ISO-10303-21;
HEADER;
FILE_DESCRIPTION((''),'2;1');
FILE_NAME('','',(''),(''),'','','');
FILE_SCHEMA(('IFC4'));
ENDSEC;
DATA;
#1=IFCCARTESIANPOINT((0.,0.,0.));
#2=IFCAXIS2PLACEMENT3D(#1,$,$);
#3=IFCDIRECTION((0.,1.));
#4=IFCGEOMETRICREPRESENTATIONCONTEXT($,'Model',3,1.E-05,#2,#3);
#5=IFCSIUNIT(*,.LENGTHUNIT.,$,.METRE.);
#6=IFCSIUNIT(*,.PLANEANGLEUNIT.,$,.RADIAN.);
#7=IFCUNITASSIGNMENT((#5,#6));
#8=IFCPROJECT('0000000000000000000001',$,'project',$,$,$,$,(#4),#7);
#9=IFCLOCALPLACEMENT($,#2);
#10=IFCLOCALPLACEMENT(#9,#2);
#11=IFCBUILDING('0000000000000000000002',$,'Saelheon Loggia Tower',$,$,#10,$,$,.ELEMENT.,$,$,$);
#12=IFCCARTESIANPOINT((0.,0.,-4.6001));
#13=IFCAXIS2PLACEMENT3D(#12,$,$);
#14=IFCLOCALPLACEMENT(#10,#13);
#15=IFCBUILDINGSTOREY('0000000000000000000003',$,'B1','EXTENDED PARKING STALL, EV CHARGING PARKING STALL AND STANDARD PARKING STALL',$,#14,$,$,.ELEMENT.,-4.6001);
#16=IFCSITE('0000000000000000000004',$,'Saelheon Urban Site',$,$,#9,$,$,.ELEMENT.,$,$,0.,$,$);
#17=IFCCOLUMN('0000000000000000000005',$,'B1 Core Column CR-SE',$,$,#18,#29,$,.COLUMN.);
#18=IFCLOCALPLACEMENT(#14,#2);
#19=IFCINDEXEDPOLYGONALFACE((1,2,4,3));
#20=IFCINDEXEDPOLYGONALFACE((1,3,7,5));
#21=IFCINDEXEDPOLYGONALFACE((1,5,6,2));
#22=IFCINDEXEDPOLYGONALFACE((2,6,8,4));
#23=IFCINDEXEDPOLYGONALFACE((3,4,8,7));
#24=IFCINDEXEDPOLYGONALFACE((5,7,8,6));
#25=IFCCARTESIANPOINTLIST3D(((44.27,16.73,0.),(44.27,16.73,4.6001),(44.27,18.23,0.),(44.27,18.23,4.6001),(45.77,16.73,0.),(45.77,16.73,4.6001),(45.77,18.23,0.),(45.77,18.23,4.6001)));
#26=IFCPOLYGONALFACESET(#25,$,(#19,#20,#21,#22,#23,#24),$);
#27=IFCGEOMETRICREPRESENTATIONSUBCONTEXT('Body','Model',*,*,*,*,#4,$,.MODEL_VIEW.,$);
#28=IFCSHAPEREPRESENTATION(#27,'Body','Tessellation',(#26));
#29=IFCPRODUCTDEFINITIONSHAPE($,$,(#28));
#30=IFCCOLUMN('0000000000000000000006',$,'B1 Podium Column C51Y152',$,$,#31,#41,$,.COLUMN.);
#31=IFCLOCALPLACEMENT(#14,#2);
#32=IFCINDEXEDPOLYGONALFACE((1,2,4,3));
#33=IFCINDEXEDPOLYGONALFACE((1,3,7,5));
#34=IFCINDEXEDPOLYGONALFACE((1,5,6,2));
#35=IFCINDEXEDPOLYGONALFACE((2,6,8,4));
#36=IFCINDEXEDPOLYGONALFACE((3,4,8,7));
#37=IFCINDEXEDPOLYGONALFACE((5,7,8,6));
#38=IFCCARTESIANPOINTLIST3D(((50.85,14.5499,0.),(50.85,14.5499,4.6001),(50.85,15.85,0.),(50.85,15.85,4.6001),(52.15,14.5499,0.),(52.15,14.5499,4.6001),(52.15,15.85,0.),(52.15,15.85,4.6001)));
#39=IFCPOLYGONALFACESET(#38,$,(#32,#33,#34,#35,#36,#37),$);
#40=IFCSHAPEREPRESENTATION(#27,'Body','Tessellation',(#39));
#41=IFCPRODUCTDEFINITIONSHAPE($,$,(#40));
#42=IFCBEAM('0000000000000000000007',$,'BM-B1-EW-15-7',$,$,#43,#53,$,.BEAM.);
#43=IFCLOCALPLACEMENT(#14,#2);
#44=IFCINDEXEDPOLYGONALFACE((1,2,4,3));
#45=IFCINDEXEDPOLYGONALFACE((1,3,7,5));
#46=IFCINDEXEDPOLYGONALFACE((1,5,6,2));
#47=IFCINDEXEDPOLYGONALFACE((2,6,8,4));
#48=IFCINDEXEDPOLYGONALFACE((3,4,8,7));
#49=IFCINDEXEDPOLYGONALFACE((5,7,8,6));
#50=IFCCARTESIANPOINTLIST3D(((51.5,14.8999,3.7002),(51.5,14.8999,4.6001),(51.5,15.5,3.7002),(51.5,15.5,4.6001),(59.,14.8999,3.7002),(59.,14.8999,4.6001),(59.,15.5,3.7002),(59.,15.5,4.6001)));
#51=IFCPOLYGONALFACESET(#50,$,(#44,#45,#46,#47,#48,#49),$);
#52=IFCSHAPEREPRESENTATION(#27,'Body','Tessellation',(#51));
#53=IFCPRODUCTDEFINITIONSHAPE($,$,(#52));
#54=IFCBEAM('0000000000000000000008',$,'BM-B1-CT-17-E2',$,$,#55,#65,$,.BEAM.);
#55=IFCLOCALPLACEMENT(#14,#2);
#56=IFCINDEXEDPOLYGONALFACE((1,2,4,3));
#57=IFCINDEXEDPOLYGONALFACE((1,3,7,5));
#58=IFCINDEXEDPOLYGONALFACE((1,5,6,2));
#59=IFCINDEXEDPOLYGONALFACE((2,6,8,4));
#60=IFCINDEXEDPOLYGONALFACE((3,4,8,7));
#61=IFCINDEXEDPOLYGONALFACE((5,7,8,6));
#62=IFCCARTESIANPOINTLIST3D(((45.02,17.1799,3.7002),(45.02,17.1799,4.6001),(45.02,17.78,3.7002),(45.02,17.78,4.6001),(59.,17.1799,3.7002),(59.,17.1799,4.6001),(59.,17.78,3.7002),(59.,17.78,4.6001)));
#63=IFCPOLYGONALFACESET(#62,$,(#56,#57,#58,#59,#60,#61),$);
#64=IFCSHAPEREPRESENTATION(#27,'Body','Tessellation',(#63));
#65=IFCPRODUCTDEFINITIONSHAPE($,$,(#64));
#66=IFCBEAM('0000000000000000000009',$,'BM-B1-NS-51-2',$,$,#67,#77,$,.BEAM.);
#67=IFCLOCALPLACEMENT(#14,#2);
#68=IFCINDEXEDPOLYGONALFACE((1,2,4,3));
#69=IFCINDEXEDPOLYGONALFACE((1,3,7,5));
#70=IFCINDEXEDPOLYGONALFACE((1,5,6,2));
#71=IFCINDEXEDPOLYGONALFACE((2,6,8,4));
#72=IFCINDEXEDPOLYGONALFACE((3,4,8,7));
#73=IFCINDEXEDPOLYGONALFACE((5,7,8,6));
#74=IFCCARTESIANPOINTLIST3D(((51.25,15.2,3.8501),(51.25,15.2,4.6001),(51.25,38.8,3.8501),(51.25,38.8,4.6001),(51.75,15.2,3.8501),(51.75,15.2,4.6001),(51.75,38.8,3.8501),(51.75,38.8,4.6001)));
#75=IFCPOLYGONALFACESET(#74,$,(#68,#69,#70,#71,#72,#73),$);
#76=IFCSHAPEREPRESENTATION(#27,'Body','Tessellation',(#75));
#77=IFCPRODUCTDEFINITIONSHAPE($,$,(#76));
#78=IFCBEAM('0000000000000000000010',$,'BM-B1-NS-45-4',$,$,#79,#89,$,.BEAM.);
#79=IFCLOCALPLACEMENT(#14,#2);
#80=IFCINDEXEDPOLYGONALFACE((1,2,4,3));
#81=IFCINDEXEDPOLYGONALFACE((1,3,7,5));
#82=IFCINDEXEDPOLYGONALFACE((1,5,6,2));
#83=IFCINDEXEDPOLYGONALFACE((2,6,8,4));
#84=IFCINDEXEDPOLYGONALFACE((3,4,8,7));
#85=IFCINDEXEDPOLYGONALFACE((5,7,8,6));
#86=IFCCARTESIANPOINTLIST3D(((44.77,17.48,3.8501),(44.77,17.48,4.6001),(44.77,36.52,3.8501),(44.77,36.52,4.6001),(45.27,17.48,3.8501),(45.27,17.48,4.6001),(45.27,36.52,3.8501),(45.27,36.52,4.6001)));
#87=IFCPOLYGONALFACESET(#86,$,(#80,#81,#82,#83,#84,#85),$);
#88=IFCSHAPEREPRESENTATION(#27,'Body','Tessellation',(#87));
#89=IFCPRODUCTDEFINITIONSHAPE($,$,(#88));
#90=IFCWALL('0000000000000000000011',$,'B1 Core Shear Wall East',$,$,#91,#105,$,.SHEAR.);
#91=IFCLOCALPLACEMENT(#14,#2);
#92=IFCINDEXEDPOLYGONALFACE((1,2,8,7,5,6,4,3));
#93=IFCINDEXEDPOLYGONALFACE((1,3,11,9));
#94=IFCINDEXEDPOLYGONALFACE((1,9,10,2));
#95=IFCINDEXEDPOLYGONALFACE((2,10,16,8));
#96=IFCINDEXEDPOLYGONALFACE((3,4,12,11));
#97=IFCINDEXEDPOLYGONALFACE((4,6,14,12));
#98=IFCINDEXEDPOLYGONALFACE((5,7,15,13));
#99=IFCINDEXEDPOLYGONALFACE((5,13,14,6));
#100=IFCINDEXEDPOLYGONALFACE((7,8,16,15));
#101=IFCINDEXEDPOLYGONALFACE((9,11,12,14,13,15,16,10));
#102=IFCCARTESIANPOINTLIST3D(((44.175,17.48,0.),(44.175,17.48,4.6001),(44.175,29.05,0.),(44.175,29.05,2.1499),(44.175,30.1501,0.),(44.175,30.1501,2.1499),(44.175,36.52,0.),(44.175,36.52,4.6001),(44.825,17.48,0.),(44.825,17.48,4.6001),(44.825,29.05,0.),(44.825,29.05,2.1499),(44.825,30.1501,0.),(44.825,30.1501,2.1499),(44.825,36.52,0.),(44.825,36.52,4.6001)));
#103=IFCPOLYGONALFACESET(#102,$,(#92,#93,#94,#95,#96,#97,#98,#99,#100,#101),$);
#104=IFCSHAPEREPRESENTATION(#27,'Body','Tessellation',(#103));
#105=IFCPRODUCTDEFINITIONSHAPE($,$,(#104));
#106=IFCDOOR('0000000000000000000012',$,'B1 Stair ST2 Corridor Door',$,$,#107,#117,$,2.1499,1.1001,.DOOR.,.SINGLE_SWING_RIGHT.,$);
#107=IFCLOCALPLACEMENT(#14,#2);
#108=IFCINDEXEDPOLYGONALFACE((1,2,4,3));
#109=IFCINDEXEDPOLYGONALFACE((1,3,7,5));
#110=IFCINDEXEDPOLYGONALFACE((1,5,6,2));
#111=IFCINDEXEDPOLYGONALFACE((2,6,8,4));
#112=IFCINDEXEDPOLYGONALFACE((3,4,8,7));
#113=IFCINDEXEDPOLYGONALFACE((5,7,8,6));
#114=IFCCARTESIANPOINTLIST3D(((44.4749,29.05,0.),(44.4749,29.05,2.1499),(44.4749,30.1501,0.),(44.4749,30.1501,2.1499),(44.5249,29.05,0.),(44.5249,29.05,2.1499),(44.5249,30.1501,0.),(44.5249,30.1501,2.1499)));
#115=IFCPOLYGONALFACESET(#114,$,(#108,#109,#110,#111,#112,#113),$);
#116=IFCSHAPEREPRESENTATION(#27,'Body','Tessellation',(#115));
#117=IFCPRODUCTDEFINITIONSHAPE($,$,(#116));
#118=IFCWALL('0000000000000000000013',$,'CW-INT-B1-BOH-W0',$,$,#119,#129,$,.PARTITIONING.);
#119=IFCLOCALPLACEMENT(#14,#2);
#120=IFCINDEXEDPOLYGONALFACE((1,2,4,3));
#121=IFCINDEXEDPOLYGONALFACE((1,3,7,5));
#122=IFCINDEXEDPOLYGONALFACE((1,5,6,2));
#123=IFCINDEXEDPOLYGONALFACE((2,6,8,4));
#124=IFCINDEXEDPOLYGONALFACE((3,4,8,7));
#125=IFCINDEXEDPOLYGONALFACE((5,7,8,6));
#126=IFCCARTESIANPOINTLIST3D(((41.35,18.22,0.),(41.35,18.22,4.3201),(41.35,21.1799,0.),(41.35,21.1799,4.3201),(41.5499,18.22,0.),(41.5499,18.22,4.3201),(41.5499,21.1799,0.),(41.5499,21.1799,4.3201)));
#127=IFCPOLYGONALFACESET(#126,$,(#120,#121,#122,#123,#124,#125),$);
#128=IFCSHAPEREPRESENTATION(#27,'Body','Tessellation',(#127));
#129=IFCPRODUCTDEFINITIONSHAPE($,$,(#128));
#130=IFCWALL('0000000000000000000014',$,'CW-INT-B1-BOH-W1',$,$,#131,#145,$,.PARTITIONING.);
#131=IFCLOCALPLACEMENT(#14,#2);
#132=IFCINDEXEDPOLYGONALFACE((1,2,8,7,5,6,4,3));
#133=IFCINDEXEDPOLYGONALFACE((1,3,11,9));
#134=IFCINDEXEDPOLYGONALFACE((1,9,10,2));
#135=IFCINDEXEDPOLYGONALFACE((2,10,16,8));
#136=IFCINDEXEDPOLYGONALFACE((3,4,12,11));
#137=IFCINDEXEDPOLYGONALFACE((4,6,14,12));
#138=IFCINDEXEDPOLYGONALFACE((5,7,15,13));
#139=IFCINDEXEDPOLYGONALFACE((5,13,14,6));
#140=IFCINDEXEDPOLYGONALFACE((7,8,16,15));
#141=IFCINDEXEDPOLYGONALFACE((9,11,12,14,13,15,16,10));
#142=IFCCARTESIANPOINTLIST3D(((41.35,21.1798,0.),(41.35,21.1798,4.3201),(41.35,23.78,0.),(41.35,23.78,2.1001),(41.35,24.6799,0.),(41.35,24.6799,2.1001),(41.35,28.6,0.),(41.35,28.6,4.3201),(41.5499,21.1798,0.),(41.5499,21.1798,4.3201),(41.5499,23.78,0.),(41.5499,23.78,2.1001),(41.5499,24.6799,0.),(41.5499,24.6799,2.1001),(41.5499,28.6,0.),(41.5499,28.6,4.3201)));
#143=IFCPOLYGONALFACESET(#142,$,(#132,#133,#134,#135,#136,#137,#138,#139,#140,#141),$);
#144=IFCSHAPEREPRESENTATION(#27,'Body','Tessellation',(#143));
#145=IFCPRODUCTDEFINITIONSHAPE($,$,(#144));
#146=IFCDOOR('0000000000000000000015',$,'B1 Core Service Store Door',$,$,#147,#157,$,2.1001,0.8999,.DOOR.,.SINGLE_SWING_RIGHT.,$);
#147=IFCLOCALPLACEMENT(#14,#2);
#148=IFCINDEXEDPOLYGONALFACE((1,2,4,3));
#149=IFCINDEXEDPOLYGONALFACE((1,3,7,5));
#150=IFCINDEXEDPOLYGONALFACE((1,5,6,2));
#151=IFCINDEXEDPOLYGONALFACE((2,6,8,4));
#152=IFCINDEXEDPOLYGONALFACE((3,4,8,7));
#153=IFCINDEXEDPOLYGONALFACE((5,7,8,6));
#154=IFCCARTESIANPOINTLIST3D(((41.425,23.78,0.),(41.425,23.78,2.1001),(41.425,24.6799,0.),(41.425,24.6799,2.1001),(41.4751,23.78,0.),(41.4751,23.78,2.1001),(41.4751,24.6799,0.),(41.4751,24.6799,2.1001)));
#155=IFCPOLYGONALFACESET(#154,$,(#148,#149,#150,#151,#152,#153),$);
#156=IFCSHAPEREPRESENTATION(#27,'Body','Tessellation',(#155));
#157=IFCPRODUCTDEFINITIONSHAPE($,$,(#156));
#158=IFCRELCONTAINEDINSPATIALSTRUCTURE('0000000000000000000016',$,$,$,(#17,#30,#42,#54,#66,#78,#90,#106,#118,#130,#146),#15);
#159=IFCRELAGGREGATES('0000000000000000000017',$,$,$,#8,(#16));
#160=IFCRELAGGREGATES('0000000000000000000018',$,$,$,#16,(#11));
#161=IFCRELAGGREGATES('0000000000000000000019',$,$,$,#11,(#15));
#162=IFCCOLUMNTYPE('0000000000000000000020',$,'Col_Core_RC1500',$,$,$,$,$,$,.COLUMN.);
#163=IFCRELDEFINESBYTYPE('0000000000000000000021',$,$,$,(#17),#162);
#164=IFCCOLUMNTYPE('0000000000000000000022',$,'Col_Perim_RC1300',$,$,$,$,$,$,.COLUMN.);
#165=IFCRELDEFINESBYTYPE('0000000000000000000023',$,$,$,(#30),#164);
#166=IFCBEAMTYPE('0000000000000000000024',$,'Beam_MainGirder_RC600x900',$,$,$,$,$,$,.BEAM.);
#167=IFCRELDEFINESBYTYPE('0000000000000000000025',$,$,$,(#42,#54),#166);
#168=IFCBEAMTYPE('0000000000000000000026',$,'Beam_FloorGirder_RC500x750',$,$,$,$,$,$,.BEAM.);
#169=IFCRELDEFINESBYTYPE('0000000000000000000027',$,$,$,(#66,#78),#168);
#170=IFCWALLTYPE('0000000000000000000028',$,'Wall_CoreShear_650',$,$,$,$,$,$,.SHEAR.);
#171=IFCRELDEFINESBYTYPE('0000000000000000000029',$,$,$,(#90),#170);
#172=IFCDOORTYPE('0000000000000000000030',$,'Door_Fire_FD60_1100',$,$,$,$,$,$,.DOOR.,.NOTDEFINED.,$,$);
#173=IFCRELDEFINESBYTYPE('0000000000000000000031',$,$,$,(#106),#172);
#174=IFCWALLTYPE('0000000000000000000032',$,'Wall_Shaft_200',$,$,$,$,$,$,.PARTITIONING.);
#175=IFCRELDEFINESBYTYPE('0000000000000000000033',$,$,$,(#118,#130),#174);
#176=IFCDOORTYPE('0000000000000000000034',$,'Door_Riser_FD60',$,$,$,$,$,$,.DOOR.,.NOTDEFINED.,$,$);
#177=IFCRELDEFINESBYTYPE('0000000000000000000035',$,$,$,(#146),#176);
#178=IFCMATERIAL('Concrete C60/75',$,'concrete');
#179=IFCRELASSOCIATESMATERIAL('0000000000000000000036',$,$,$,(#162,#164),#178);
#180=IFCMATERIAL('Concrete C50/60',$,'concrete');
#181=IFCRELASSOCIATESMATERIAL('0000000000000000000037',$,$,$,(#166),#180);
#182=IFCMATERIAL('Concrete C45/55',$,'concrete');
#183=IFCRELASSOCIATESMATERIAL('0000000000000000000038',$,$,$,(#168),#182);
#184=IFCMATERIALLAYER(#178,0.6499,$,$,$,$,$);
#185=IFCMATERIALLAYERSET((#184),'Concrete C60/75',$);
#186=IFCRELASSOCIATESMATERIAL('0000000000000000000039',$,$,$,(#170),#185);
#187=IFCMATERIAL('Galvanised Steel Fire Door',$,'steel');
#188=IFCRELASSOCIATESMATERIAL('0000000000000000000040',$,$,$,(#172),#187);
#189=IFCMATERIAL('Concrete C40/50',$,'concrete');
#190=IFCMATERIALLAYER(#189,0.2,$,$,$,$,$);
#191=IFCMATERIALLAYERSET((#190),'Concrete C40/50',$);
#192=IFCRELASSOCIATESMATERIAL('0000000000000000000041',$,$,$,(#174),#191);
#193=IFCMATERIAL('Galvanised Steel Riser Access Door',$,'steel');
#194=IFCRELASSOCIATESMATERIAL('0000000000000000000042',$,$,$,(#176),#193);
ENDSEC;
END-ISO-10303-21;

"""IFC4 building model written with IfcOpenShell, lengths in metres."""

from ifc_helpers import new_model, si_unit, direction, frame, frame_2d, origin, origin_2d, place, context, subcontext, project, spatial, rectangle, extrude, source, transform, mapped, material, layer, layer_set, material_profile, profile_set, type_object, element, fill, save


model = new_model("IFC4")

# Units and contexts
model_context = context("Model", 3, precision=1e-05, world=origin(), true_north=direction((0.0, 1.0)))
body_context = subcontext(model_context, "Body", "Model", "MODEL_VIEW")
ifc_project = project(units=[si_unit("LENGTHUNIT", "METRE"), si_unit("PLANEANGLEUNIT", "RADIAN")], contexts=[model_context])

# Site, building, storey
site_placement = place(None, origin())
site = spatial("IfcSite", under=ifc_project, at=site_placement, Name="Saelheon Urban Site", CompositionType="ELEMENT", RefElevation=0.0)
building_placement = place(site_placement, origin())
building = spatial("IfcBuilding", under=site, at=building_placement, Name="Saelheon Loggia Tower", CompositionType="ELEMENT")
storey_placement = place(building_placement, frame((0.0, 0.0, -4.6001)))
storey = spatial("IfcBuildingStorey", under=building, at=storey_placement, Name="B1", Description="EXTENDED PARKING STALL, EV CHARGING PARKING STALL AND STANDARD PARKING STALL", CompositionType="ELEMENT", Elevation=-4.6001)

# Columns
ifc_material_1 = material(Name="Concrete C60/75", Category="concrete")
ifc_material_profile_1 = material_profile(ifc_material_1, rectangle(XDim=1.5, YDim=1.5, at=origin_2d()), Name="RC-1500x1500")
ifc_profile_set_1 = profile_set([ifc_material_profile_1], Name="Concrete C60/75")
column_type_1 = type_object("IfcColumnType", Name="Col_Core_RC1500", PredefinedType="COLUMN", material=ifc_profile_set_1)
shared_shape_1 = source(origin(), body_context, "Body", "SweptSolid", [
    extrude(rectangle(XDim=1.5, YDim=1.5, at=origin_2d()), origin(), (0.0, 0.0, 1.0), 4.6001),
])
column_1_placement = place(storey_placement, frame((45.02, 17.48, 0.0), z_axis=(0.0, 0.0, 1.0), x_axis=(1.0, 0.0, 0.0)))
element("IfcColumn", 1, at=column_1_placement, inside=storey, type_object=column_type_1, Name="B1 Core Column CR-SE", PredefinedType="COLUMN", context=body_context, shape_type="MappedRepresentation", body=[
    mapped(shared_shape_1, transform((0.0, 0.0, 0.0), scale=1.0)),
])
ifc_material_profile_2 = material_profile(ifc_material_1, rectangle(XDim=1.3, YDim=1.3, at=origin_2d()), Name="RC-1300x1300")
ifc_profile_set_2 = profile_set([ifc_material_profile_2], Name="Concrete C60/75")
column_type_2 = type_object("IfcColumnType", Name="Col_Perim_RC1300", PredefinedType="COLUMN", material=ifc_profile_set_2)
shared_shape_2 = source(origin(), body_context, "Body", "SweptSolid", [
    extrude(rectangle(XDim=1.3, YDim=1.3, at=origin_2d()), origin(), (0.0, 0.0, 1.0), 4.6001),
])
column_2_placement = place(storey_placement, frame((51.5, 15.2, 0.0), z_axis=(0.0, 0.0, 1.0), x_axis=(1.0, 0.0, 0.0)))
element("IfcColumn", 2, at=column_2_placement, inside=storey, type_object=column_type_2, Name="B1 Podium Column C51Y152", PredefinedType="COLUMN", context=body_context, shape_type="MappedRepresentation", body=[
    mapped(shared_shape_2, transform((0.0, 0.0, 0.0), scale=1.0)),
])

# Beams
ifc_material_2 = material(Name="Concrete C50/60", Category="concrete")
ifc_material_profile_3 = material_profile(ifc_material_2, rectangle(XDim=0.6001, YDim=0.8999, at=origin_2d()), Name="RC-600x900")
ifc_profile_set_3 = profile_set([ifc_material_profile_3], Name="Concrete C50/60")
beam_type_1 = type_object("IfcBeamType", Name="Beam_MainGirder_RC600x900", PredefinedType="BEAM", material=ifc_profile_set_3)
shared_shape_3 = source(origin(), body_context, "Body", "SweptSolid", [
    extrude(rectangle(XDim=0.6001, YDim=0.8999, at=origin_2d()), origin(), (0.0, 0.0, 1.0), 7.5),
])
beam_1_placement = place(storey_placement, frame((51.5, 15.2, 4.1501), z_axis=(1.0, 0.0, 0.0), x_axis=(0.0, 1.0, 0.0)))
element("IfcBeam", 3, at=beam_1_placement, inside=storey, type_object=beam_type_1, Name="BM-B1-EW-15-7", PredefinedType="BEAM", context=body_context, shape_type="MappedRepresentation", body=[
    mapped(shared_shape_3, transform((0.0, 0.0, 0.0), scale=1.0)),
])
shared_shape_4 = source(origin(), body_context, "Body", "SweptSolid", [
    extrude(rectangle(XDim=0.6001, YDim=0.8999, at=origin_2d()), origin(), (0.0, 0.0, 1.0), 13.98),
])
beam_2_placement = place(storey_placement, frame((45.02, 17.48, 4.1501), z_axis=(1.0, 0.0, 0.0), x_axis=(0.0, 1.0, 0.0)))
element("IfcBeam", 4, at=beam_2_placement, inside=storey, type_object=beam_type_1, Name="BM-B1-CT-17-E2", PredefinedType="BEAM", context=body_context, shape_type="MappedRepresentation", body=[
    mapped(shared_shape_4, transform((0.0, 0.0, 0.0), scale=1.0)),
])
ifc_material_3 = material(Name="Concrete C45/55", Category="concrete")
ifc_material_profile_4 = material_profile(ifc_material_3, rectangle(XDim=0.5, YDim=0.75, at=origin_2d()), Name="RC-500x750")
ifc_profile_set_4 = profile_set([ifc_material_profile_4], Name="Concrete C45/55")
beam_type_2 = type_object("IfcBeamType", Name="Beam_FloorGirder_RC500x750", PredefinedType="BEAM", material=ifc_profile_set_4)
shared_shape_5 = source(origin(), body_context, "Body", "SweptSolid", [
    extrude(rectangle(XDim=0.5, YDim=0.75, at=origin_2d()), origin(), (0.0, 0.0, 1.0), 23.6001),
])
beam_3_placement = place(storey_placement, frame((51.5, 15.2, 4.2251), z_axis=(0.0, 1.0, 0.0), x_axis=(-1.0, 0.0, 0.0)))
element("IfcBeam", 5, at=beam_3_placement, inside=storey, type_object=beam_type_2, Name="BM-B1-NS-51-2", PredefinedType="BEAM", context=body_context, shape_type="MappedRepresentation", body=[
    mapped(shared_shape_5, transform((0.0, 0.0, 0.0), scale=1.0)),
])
shared_shape_6 = source(origin(), body_context, "Body", "SweptSolid", [
    extrude(rectangle(XDim=0.5, YDim=0.75, at=origin_2d()), origin(), (0.0, 0.0, 1.0), 19.04),
])
beam_4_placement = place(storey_placement, frame((45.02, 17.48, 4.2251), z_axis=(0.0, 1.0, 0.0), x_axis=(-1.0, 0.0, 0.0)))
element("IfcBeam", 6, at=beam_4_placement, inside=storey, type_object=beam_type_2, Name="BM-B1-NS-45-4", PredefinedType="BEAM", context=body_context, shape_type="MappedRepresentation", body=[
    mapped(shared_shape_6, transform((0.0, 0.0, 0.0), scale=1.0)),
])

# Wall, opening, door
ifc_layer_1 = layer(ifc_material_1, 0.6499)
ifc_layer_set_1 = layer_set([ifc_layer_1], Name="Concrete C60/75")
wall_type_1 = type_object("IfcWallType", Name="Wall_CoreShear_650", PredefinedType="SHEAR", material=ifc_layer_set_1)
wall_1_placement = place(storey_placement, frame((44.5, 17.48, 0.0), z_axis=(0.0, 0.0, 1.0), x_axis=(0.0, 1.0, 0.0)))
wall_1 = element("IfcWall", 7, at=wall_1_placement, inside=storey, type_object=wall_type_1, Name="B1 Core Shear Wall East", PredefinedType="SHEAR", context=body_context, shape_type="SweptSolid", body=[
    extrude(rectangle(XDim=19.04, YDim=0.6499, at=frame_2d((9.52, 0.0))), origin(), (0.0, 0.0, 1.0), 4.6001),
])
opening_1_placement = place(wall_1_placement, frame((12.6702, 0.0, 0.0), z_axis=(0.0, 0.0, 1.0), x_axis=(-1.0, 0.0, 0.0)))
opening_1 = element("IfcOpeningElement", 8, at=opening_1_placement, cuts=wall_1, PredefinedType="OPENING", context=body_context, shape_type="SweptSolid", body=[
    extrude(rectangle(XDim=1.1001, YDim=2.1499, at=frame_2d((0.55, 1.075))), frame((0.0, 0.3369, 0.0), z_axis=(0.0, -1.0, 0.0), x_axis=(1.0, 0.0, 0.0)), (0.0, 0.0, 1.0), 0.6738),
])
ifc_material_4 = material(Name="Galvanised Steel Fire Door", Category="steel")
door_type_1 = type_object("IfcDoorType", Name="Door_Fire_FD60_1100", OperationType="NOTDEFINED", PredefinedType="DOOR", material=ifc_material_4)
shared_shape_7 = source(origin(), body_context, "Body", "SweptSolid", [
    extrude(rectangle(XDim=1.1001, YDim=2.1499, at=frame_2d((0.55, 1.075))), frame((0.0, 0.0249, 0.0), z_axis=(0.0, -1.0, 0.0), x_axis=(1.0, 0.0, 0.0)), (0.0, 0.0, 1.0), 0.05),
])
door_1_placement = place(opening_1_placement, origin())
door_1 = element("IfcDoor", 9, at=door_1_placement, inside=storey, type_object=door_type_1, Name="B1 Stair ST2 Corridor Door", OperationType="SINGLE_SWING_RIGHT", OverallHeight=2.1499, OverallWidth=1.1001, PredefinedType="DOOR", context=body_context, shape_type="MappedRepresentation", body=[
    mapped(shared_shape_7, transform((0.0, 0.0, 0.0), scale=1.0)),
])
fill(opening_1, door_1)

# Wall
ifc_material_5 = material(Name="Concrete C40/50", Category="concrete")
ifc_layer_2 = layer(ifc_material_5, 0.2)
ifc_layer_set_2 = layer_set([ifc_layer_2], Name="Concrete C40/50")
wall_type_2 = type_object("IfcWallType", Name="Wall_Shaft_200", PredefinedType="PARTITIONING", material=ifc_layer_set_2)
wall_2_placement = place(storey_placement, frame((41.45, 18.22, 0.0), z_axis=(0.0, 0.0, 1.0), x_axis=(0.0, 1.0, 0.0)))
element("IfcWall", 10, at=wall_2_placement, inside=storey, type_object=wall_type_2, Name="CW-INT-B1-BOH-W0", PredefinedType="PARTITIONING", context=body_context, shape_type="SweptSolid", body=[
    extrude(rectangle(XDim=2.96, YDim=0.2, at=frame_2d((1.48, 0.0))), origin(), (0.0, 0.0, 1.0), 4.3201),
])

# Wall, opening, door
wall_3_placement = place(storey_placement, frame((41.45, 21.1799, 0.0), z_axis=(0.0, 0.0, 1.0), x_axis=(0.0, 1.0, 0.0)))
wall_3 = element("IfcWall", 11, at=wall_3_placement, inside=storey, type_object=wall_type_2, Name="CW-INT-B1-BOH-W1", PredefinedType="PARTITIONING", context=body_context, shape_type="SweptSolid", body=[
    extrude(rectangle(XDim=7.4202, YDim=0.2, at=frame_2d((3.71, 0.0))), origin(), (0.0, 0.0, 1.0), 4.3201),
])
opening_2_placement = place(wall_3_placement, frame((2.6001, 0.0, 0.0)))
opening_2 = element("IfcOpeningElement", 12, at=opening_2_placement, cuts=wall_3, PredefinedType="OPENING", context=body_context, shape_type="SweptSolid", body=[
    extrude(rectangle(XDim=0.8999, YDim=2.1001, at=frame_2d((0.45, 1.05))), frame((0.0, 0.1121, 0.0), z_axis=(0.0, -1.0, 0.0), x_axis=(1.0, 0.0, 0.0)), (0.0, 0.0, 1.0), 0.2239),
])
ifc_material_6 = material(Name="Galvanised Steel Riser Access Door", Category="steel")
door_type_2 = type_object("IfcDoorType", Name="Door_Riser_FD60", OperationType="NOTDEFINED", PredefinedType="DOOR", material=ifc_material_6)
shared_shape_8 = source(origin(), body_context, "Body", "SweptSolid", [
    extrude(rectangle(XDim=0.8999, YDim=2.1001, at=frame_2d((0.45, 1.05))), frame((0.0, 0.0249, 0.0), z_axis=(0.0, -1.0, 0.0), x_axis=(1.0, 0.0, 0.0)), (0.0, 0.0, 1.0), 0.05),
])
door_2_placement = place(opening_2_placement, origin())
door_2 = element("IfcDoor", 13, at=door_2_placement, inside=storey, type_object=door_type_2, Name="B1 Core Service Store Door", OperationType="SINGLE_SWING_RIGHT", OverallHeight=2.1001, OverallWidth=0.8999, PredefinedType="DOOR", context=body_context, shape_type="MappedRepresentation", body=[
    mapped(shared_shape_8, transform((0.0, 0.0, 0.0), scale=1.0)),
])
fill(opening_2, door_2)

save(model, "model.ifc")
